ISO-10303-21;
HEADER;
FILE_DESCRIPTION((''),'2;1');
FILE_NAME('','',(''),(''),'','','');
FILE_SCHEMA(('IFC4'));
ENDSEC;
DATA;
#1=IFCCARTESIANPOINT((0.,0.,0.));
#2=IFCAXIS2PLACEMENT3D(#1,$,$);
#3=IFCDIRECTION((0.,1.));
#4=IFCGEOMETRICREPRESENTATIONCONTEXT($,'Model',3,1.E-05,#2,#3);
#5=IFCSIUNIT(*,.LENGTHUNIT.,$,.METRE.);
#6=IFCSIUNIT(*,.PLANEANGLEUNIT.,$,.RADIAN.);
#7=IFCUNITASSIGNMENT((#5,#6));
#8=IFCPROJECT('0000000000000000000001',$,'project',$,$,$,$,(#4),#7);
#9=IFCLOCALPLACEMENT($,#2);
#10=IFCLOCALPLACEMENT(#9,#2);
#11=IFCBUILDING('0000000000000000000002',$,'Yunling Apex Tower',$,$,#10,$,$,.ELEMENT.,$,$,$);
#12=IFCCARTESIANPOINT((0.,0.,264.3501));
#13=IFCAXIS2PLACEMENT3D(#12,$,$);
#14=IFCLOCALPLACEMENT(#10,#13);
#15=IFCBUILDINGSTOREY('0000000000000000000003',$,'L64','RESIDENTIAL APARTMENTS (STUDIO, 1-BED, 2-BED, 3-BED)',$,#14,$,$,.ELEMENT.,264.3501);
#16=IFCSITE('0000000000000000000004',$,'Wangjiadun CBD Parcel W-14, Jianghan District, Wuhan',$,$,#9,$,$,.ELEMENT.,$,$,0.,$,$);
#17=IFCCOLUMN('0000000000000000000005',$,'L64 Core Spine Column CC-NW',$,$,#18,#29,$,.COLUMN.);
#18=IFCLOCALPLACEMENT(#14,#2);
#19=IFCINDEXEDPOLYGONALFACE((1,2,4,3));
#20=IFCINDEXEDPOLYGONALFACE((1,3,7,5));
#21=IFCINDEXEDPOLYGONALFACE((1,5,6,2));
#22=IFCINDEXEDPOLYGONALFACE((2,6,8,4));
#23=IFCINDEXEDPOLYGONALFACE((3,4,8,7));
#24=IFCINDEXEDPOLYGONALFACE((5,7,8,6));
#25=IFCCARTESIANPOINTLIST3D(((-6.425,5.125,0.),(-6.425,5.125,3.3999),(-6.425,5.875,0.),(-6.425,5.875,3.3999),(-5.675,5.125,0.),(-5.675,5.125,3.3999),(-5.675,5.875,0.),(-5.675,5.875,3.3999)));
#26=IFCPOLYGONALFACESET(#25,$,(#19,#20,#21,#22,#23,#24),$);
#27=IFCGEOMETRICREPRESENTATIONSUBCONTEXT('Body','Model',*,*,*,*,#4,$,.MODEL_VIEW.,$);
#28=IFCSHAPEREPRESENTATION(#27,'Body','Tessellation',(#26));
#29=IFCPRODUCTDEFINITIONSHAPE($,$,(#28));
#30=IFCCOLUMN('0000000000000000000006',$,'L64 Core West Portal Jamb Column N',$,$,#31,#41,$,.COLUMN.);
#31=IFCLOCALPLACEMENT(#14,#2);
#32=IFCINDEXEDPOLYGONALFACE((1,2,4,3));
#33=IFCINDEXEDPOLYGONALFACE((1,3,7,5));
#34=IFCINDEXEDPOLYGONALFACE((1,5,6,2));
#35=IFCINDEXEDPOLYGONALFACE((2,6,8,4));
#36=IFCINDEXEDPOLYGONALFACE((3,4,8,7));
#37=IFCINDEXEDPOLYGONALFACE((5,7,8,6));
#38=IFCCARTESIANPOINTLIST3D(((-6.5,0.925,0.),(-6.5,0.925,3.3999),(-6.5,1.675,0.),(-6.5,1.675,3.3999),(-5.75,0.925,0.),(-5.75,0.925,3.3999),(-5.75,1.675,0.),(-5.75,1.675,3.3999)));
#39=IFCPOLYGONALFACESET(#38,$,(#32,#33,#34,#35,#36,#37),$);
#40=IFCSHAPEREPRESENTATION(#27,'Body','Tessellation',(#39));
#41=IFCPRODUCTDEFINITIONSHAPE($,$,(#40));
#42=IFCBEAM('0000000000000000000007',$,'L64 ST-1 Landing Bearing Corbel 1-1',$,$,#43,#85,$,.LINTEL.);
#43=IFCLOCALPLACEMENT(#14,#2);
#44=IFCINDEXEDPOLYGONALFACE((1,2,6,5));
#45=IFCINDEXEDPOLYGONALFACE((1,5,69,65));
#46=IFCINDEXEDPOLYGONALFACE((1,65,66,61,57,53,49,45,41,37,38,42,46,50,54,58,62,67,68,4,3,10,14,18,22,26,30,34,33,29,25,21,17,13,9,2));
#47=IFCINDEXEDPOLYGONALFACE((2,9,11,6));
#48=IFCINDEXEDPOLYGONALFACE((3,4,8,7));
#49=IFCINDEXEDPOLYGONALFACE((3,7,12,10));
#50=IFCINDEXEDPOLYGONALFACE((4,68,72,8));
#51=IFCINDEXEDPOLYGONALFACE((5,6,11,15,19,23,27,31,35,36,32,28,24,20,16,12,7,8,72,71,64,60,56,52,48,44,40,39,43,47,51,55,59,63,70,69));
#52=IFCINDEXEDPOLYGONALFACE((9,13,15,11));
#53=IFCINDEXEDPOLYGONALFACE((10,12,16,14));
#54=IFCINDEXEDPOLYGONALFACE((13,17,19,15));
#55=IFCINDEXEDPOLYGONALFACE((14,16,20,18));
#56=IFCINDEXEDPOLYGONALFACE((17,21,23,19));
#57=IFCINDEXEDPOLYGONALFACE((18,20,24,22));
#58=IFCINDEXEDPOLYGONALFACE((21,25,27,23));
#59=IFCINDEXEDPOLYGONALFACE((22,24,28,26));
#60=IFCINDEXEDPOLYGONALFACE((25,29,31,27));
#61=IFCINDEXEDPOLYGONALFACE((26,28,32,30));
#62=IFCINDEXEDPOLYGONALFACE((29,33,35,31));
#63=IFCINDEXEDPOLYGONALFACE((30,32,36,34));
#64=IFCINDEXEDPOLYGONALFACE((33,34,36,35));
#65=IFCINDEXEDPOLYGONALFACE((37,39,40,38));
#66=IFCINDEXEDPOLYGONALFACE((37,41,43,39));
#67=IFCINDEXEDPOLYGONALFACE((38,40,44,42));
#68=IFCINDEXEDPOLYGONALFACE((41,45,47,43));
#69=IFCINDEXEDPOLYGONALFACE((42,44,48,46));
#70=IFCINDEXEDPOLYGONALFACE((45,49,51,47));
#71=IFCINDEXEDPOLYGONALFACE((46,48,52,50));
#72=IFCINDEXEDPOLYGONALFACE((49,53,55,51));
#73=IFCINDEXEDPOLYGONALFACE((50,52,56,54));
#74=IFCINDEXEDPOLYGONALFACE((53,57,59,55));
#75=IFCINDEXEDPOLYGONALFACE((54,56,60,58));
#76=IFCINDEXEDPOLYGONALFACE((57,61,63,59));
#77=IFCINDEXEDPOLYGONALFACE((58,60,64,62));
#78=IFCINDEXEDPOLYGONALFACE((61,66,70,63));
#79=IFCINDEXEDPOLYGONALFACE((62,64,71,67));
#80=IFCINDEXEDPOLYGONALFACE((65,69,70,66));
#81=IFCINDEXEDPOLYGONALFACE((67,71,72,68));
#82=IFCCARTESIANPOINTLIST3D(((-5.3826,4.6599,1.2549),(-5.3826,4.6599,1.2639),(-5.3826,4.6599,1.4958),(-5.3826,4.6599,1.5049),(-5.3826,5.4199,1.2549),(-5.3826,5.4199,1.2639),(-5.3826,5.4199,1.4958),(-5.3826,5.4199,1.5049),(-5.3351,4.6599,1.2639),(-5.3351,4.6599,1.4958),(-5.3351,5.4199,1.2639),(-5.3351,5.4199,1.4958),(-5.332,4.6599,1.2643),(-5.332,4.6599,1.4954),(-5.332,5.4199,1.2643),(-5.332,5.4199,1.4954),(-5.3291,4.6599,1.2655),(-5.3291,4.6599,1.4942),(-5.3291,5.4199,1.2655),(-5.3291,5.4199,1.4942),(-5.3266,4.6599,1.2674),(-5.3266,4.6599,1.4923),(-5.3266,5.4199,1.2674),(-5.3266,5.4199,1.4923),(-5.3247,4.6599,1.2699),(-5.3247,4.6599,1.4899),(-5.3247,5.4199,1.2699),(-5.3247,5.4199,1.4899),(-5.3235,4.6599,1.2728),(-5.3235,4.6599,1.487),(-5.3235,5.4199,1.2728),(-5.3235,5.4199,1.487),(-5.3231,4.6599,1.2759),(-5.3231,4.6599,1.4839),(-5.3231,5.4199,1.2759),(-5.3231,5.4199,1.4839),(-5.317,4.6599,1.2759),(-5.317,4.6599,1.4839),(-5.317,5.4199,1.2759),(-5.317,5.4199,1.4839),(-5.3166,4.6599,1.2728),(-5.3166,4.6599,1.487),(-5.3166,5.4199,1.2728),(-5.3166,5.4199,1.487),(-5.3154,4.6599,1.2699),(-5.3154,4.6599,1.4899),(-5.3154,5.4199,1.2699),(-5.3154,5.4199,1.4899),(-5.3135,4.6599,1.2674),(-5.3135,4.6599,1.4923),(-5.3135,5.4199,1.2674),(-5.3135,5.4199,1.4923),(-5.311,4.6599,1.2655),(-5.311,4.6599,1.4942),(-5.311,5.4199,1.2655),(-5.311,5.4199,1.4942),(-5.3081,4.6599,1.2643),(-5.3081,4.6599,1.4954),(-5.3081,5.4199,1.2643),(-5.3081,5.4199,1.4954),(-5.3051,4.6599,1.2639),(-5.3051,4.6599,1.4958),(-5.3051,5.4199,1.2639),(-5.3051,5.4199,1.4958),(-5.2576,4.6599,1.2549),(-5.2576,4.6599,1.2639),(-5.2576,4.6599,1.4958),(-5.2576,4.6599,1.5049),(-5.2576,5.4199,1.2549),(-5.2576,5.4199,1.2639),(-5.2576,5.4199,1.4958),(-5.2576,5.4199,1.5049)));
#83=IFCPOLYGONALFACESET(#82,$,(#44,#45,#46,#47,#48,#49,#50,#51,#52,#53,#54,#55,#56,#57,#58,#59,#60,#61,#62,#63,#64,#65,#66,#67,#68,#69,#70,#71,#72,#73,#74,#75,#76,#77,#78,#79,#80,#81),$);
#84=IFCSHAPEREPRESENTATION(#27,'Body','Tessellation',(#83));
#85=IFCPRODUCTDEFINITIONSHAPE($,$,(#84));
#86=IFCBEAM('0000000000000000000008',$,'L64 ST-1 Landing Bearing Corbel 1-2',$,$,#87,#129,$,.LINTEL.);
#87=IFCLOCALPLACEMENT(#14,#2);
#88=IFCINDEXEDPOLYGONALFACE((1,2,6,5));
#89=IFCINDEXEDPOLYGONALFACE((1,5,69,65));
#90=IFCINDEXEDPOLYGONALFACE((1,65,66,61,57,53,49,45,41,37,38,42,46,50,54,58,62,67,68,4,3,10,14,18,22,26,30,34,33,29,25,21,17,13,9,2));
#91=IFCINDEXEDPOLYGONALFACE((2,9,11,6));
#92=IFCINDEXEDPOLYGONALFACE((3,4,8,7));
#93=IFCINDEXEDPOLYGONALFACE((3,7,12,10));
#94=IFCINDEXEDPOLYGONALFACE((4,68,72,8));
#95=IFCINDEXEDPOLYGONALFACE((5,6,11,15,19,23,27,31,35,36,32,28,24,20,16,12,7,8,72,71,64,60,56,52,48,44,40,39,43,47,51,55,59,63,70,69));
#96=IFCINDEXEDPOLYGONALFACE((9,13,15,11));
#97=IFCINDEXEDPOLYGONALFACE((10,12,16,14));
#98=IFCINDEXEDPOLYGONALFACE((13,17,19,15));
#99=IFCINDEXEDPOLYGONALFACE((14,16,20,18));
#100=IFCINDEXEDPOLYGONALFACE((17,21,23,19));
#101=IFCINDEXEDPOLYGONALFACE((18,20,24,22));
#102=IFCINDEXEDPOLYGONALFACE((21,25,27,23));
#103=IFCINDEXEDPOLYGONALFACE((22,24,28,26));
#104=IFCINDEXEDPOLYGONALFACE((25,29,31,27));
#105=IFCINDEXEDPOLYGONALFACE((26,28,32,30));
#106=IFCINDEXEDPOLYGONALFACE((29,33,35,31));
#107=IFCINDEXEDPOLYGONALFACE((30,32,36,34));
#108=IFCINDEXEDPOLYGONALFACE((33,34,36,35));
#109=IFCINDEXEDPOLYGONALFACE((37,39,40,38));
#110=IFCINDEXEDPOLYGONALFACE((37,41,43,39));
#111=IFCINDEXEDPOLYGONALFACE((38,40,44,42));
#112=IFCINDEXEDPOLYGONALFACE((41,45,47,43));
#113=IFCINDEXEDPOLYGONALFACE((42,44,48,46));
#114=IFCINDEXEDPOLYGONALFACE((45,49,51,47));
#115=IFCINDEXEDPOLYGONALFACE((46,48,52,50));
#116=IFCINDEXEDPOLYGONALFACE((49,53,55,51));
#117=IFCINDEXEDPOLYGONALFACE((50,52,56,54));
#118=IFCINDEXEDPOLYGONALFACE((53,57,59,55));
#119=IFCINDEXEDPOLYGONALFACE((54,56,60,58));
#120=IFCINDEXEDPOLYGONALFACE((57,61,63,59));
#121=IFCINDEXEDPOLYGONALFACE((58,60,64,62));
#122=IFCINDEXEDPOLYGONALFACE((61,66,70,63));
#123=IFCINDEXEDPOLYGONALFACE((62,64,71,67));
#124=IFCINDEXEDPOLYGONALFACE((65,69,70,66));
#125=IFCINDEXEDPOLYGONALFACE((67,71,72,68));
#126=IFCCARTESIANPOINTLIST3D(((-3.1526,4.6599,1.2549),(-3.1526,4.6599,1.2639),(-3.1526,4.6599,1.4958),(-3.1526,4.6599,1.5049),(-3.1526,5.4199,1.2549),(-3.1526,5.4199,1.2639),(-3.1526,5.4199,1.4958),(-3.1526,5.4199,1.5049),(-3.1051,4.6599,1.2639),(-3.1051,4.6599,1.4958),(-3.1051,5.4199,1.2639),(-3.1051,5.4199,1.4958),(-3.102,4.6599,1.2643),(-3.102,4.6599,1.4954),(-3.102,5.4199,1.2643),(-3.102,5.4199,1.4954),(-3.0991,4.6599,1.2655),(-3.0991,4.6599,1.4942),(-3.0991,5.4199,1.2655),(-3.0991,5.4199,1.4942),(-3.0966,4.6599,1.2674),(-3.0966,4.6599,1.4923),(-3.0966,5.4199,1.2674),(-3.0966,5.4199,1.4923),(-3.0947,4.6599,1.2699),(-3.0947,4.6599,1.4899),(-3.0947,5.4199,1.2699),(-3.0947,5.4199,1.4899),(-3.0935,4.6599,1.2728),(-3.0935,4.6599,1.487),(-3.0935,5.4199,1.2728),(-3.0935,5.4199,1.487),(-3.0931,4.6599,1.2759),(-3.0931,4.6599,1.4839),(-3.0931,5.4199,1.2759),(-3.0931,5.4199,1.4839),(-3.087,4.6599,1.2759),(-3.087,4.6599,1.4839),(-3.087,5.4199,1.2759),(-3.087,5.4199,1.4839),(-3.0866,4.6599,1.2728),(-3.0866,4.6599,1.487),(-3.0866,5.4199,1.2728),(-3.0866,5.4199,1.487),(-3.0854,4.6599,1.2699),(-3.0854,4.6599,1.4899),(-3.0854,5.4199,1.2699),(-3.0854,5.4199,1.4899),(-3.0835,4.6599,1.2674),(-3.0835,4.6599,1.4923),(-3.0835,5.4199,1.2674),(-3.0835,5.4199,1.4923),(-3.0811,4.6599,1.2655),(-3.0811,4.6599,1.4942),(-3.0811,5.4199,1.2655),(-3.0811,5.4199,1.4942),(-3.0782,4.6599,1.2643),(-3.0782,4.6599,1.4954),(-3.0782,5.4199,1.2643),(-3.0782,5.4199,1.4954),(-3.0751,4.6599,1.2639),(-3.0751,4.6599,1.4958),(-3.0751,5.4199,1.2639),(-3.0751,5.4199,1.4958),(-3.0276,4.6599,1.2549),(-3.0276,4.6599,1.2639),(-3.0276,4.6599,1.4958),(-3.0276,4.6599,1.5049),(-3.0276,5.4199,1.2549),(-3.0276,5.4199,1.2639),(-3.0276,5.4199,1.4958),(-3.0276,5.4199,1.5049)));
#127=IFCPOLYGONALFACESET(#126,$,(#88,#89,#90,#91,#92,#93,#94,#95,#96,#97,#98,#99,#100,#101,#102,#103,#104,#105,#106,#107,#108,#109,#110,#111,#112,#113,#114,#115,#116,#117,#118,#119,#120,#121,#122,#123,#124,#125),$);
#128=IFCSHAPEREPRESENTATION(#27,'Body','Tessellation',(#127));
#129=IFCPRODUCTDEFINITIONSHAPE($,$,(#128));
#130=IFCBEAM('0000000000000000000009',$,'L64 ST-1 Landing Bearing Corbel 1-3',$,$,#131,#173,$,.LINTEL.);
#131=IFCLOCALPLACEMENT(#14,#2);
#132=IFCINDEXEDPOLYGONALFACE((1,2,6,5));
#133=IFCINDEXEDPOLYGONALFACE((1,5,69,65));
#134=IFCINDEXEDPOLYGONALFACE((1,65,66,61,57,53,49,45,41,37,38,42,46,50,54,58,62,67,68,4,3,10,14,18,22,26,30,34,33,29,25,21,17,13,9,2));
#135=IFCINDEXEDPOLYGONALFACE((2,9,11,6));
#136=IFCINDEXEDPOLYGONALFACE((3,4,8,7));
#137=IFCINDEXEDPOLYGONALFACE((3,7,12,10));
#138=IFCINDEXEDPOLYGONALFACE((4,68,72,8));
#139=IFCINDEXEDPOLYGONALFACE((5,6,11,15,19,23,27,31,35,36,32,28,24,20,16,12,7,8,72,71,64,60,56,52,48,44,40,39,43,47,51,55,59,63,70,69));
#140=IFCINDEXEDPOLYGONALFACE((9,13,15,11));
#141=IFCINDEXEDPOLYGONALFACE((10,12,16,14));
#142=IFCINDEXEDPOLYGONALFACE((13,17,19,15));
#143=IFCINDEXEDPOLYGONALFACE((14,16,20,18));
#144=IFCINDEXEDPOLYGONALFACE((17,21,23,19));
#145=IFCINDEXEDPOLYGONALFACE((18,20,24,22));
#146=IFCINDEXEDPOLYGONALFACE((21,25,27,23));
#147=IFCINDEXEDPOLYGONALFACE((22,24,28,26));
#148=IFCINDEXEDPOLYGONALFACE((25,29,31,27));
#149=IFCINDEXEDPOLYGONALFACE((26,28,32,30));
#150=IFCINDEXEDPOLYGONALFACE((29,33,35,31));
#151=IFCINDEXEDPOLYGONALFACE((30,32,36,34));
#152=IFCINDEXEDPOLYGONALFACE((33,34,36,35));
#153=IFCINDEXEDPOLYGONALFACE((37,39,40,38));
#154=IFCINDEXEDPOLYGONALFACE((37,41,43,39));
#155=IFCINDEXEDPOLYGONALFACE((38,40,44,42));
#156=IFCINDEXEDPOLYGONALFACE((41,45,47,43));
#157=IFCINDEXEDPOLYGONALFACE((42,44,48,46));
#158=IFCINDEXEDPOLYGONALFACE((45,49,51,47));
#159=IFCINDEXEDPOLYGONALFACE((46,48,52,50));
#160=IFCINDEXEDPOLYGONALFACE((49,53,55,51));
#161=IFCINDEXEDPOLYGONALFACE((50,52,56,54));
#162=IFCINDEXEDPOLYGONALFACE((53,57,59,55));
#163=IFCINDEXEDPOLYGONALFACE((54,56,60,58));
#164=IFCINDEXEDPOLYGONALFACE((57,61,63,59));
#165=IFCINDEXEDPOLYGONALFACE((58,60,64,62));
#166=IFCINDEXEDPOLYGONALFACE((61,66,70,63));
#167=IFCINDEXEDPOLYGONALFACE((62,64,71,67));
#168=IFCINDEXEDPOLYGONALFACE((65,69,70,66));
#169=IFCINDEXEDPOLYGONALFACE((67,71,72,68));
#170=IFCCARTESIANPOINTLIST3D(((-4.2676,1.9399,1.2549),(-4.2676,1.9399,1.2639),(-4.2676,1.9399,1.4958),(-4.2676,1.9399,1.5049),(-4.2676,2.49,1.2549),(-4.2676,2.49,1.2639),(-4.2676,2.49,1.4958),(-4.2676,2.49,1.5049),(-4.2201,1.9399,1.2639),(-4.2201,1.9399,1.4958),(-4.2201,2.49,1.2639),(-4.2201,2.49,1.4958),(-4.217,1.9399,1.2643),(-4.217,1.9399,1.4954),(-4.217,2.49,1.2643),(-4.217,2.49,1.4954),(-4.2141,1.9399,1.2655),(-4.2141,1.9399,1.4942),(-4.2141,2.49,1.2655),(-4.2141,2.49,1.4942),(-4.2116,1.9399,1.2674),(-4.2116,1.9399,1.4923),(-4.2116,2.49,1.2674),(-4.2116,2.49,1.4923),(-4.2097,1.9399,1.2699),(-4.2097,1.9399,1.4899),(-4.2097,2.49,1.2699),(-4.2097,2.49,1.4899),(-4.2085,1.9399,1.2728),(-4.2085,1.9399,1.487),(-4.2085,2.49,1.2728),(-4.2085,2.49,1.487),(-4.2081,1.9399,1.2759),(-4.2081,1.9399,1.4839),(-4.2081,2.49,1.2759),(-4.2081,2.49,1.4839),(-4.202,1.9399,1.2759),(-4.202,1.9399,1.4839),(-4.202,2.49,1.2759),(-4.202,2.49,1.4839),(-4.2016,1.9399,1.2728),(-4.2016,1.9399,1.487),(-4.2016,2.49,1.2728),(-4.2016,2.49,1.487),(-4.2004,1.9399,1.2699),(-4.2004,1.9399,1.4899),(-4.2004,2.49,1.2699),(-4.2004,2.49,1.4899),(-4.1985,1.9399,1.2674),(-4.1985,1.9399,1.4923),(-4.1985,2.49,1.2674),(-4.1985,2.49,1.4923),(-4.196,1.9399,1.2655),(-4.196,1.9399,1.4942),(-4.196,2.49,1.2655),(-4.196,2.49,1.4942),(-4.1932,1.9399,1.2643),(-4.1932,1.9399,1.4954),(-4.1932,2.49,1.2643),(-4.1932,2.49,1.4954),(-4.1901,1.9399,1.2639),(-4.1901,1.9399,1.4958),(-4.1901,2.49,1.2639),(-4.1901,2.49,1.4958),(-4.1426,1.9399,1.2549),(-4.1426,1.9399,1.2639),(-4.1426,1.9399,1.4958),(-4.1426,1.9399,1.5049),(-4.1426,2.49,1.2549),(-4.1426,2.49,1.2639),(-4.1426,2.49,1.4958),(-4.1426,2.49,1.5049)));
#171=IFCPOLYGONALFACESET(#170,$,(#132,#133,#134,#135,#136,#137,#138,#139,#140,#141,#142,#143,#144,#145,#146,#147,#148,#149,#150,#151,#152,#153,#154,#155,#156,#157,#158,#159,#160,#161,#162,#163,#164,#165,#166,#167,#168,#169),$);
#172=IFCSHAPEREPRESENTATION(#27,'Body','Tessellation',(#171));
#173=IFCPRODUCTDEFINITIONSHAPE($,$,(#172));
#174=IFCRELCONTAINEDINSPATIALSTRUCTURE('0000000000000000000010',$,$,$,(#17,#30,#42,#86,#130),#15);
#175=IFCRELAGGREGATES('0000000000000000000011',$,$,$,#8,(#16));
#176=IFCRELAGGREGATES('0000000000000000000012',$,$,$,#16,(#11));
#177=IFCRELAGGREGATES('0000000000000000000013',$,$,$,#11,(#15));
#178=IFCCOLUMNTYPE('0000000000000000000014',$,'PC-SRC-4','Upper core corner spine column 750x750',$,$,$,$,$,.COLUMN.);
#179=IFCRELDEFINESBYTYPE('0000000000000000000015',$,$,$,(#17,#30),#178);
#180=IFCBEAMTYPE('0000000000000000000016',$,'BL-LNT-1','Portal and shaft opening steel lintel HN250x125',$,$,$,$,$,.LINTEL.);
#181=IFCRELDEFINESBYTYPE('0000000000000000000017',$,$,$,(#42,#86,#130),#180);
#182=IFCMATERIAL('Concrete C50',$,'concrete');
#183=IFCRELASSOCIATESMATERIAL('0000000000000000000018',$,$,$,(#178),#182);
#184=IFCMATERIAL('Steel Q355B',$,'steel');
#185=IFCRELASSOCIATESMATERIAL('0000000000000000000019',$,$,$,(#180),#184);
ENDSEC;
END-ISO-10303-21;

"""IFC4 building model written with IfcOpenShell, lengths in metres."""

from ifc_helpers import new_model, si_unit, direction, frame, origin, origin_2d, place, context, subcontext, project, spatial, rectangle, i_section, extrude, source, transform, mapped, material, material_profile, profile_set, type_object, element, save


model = new_model("IFC4")

# Units and contexts
model_context = context("Model", 3, precision=1e-05, world=origin(), true_north=direction((0.0, 1.0)))
body_context = subcontext(model_context, "Body", "Model", "MODEL_VIEW")
ifc_project = project(units=[si_unit("LENGTHUNIT", "METRE"), si_unit("PLANEANGLEUNIT", "RADIAN")], contexts=[model_context])

# Site, building, storey
site_placement = place(None, origin())
site = spatial("IfcSite", under=ifc_project, at=site_placement, Name="Wangjiadun CBD Parcel W-14, Jianghan District, Wuhan", CompositionType="ELEMENT", RefElevation=0.0)
building_placement = place(site_placement, origin())
building = spatial("IfcBuilding", under=site, at=building_placement, Name="Yunling Apex Tower", CompositionType="ELEMENT")
storey_placement = place(building_placement, frame((0.0, 0.0, 264.3501)))
storey = spatial("IfcBuildingStorey", under=building, at=storey_placement, Name="L64", Description="RESIDENTIAL APARTMENTS (STUDIO, 1-BED, 2-BED, 3-BED)", CompositionType="ELEMENT", Elevation=264.3501)

# Columns
ifc_material_1 = material(Name="Concrete C50", Category="concrete")
ifc_material_profile_1 = material_profile(ifc_material_1, rectangle(XDim=0.75, YDim=0.75, at=origin_2d()))
ifc_profile_set_1 = profile_set([ifc_material_profile_1], Name="Concrete C50")
column_type = type_object("IfcColumnType", Name="PC-SRC-4", Description="Upper core corner spine column 750x750", PredefinedType="COLUMN", material=ifc_profile_set_1)
shared_shape_1 = source(origin(), body_context, "Body", "SweptSolid", [
    extrude(rectangle(XDim=0.75, YDim=0.75, at=origin_2d()), origin(), (0.0, 0.0, 1.0), 3.3999),
])
for number, where, z_axis, x_axis, name in (
    (1, (-6.05, 5.5, 0.0), (0.0, 0.0, 1.0), (1.0, 0.0, 0.0), "L64 Core Spine Column CC-NW"),
    (2, (-6.125, 1.3, 0.0), (0.0, 0.0, 1.0), (1.0, 0.0, 0.0), "L64 Core West Portal Jamb Column N"),
):
    element("IfcColumn", number, at=place(storey_placement, frame(where, z_axis=z_axis, x_axis=x_axis)), inside=storey, type_object=column_type, Name=name, PredefinedType="COLUMN", context=body_context, shape_type="MappedRepresentation", body=[
        mapped(shared_shape_1, transform((0.0, 0.0, 0.0), scale=1.0)),
    ])

# Beams
ifc_material_2 = material(Name="Steel Q355B", Category="steel")
ifc_material_profile_2 = material_profile(ifc_material_2, i_section(OverallWidth=0.125, OverallDepth=0.25, WebThickness=0.0061, FlangeThickness=0.009, FilletRadius=0.012, at=origin_2d()))
ifc_profile_set_2 = profile_set([ifc_material_profile_2], Name="Steel Q355B")
beam_type_1 = type_object("IfcBeamType", Name="BL-LNT-1", Description="Portal and shaft opening steel lintel HN250x125", PredefinedType="LINTEL", material=ifc_profile_set_2)
shared_shape_2 = source(origin(), body_context, "Body", "SweptSolid", [
    extrude(i_section(OverallWidth=0.125, OverallDepth=0.25, WebThickness=0.0061, FlangeThickness=0.009, FilletRadius=0.012, at=origin_2d()), origin(), (0.0, 0.0, 1.0), 0.76),
])
for number, where, z_axis, x_axis, name in (
    (3, (-5.3201, 5.4199, 1.3799), (0.0, -1.0, 0.0), (1.0, 0.0, 0.0), "L64 ST-1 Landing Bearing Corbel 1-1"),
    (4, (-3.0901, 5.4199, 1.3799), (0.0, -1.0, 0.0), (1.0, 0.0, 0.0), "L64 ST-1 Landing Bearing Corbel 1-2"),
):
    element("IfcBeam", number, at=place(storey_placement, frame(where, z_axis=z_axis, x_axis=x_axis)), inside=storey, type_object=beam_type_1, Name=name, PredefinedType="LINTEL", context=body_context, shape_type="MappedRepresentation", body=[
        mapped(shared_shape_2, transform((0.0, 0.0, 0.0), scale=1.0)),
    ])
shared_shape_3 = source(origin(), body_context, "Body", "SweptSolid", [
    extrude(i_section(OverallWidth=0.125, OverallDepth=0.25, WebThickness=0.0061, FlangeThickness=0.009, FilletRadius=0.012, at=origin_2d()), origin(), (0.0, 0.0, 1.0), 0.55),
])
beam_1_placement = place(storey_placement, frame((-4.2051, 1.9399, 1.3799), z_axis=(0.0, 1.0, 0.0), x_axis=(-1.0, 0.0, 0.0)))
element("IfcBeam", 5, at=beam_1_placement, inside=storey, type_object=beam_type_1, Name="L64 ST-1 Landing Bearing Corbel 1-3", PredefinedType="LINTEL", context=body_context, shape_type="MappedRepresentation", body=[
    mapped(shared_shape_3, transform((0.0, 0.0, 0.0), scale=1.0)),
])

save(model, "model.ifc")
